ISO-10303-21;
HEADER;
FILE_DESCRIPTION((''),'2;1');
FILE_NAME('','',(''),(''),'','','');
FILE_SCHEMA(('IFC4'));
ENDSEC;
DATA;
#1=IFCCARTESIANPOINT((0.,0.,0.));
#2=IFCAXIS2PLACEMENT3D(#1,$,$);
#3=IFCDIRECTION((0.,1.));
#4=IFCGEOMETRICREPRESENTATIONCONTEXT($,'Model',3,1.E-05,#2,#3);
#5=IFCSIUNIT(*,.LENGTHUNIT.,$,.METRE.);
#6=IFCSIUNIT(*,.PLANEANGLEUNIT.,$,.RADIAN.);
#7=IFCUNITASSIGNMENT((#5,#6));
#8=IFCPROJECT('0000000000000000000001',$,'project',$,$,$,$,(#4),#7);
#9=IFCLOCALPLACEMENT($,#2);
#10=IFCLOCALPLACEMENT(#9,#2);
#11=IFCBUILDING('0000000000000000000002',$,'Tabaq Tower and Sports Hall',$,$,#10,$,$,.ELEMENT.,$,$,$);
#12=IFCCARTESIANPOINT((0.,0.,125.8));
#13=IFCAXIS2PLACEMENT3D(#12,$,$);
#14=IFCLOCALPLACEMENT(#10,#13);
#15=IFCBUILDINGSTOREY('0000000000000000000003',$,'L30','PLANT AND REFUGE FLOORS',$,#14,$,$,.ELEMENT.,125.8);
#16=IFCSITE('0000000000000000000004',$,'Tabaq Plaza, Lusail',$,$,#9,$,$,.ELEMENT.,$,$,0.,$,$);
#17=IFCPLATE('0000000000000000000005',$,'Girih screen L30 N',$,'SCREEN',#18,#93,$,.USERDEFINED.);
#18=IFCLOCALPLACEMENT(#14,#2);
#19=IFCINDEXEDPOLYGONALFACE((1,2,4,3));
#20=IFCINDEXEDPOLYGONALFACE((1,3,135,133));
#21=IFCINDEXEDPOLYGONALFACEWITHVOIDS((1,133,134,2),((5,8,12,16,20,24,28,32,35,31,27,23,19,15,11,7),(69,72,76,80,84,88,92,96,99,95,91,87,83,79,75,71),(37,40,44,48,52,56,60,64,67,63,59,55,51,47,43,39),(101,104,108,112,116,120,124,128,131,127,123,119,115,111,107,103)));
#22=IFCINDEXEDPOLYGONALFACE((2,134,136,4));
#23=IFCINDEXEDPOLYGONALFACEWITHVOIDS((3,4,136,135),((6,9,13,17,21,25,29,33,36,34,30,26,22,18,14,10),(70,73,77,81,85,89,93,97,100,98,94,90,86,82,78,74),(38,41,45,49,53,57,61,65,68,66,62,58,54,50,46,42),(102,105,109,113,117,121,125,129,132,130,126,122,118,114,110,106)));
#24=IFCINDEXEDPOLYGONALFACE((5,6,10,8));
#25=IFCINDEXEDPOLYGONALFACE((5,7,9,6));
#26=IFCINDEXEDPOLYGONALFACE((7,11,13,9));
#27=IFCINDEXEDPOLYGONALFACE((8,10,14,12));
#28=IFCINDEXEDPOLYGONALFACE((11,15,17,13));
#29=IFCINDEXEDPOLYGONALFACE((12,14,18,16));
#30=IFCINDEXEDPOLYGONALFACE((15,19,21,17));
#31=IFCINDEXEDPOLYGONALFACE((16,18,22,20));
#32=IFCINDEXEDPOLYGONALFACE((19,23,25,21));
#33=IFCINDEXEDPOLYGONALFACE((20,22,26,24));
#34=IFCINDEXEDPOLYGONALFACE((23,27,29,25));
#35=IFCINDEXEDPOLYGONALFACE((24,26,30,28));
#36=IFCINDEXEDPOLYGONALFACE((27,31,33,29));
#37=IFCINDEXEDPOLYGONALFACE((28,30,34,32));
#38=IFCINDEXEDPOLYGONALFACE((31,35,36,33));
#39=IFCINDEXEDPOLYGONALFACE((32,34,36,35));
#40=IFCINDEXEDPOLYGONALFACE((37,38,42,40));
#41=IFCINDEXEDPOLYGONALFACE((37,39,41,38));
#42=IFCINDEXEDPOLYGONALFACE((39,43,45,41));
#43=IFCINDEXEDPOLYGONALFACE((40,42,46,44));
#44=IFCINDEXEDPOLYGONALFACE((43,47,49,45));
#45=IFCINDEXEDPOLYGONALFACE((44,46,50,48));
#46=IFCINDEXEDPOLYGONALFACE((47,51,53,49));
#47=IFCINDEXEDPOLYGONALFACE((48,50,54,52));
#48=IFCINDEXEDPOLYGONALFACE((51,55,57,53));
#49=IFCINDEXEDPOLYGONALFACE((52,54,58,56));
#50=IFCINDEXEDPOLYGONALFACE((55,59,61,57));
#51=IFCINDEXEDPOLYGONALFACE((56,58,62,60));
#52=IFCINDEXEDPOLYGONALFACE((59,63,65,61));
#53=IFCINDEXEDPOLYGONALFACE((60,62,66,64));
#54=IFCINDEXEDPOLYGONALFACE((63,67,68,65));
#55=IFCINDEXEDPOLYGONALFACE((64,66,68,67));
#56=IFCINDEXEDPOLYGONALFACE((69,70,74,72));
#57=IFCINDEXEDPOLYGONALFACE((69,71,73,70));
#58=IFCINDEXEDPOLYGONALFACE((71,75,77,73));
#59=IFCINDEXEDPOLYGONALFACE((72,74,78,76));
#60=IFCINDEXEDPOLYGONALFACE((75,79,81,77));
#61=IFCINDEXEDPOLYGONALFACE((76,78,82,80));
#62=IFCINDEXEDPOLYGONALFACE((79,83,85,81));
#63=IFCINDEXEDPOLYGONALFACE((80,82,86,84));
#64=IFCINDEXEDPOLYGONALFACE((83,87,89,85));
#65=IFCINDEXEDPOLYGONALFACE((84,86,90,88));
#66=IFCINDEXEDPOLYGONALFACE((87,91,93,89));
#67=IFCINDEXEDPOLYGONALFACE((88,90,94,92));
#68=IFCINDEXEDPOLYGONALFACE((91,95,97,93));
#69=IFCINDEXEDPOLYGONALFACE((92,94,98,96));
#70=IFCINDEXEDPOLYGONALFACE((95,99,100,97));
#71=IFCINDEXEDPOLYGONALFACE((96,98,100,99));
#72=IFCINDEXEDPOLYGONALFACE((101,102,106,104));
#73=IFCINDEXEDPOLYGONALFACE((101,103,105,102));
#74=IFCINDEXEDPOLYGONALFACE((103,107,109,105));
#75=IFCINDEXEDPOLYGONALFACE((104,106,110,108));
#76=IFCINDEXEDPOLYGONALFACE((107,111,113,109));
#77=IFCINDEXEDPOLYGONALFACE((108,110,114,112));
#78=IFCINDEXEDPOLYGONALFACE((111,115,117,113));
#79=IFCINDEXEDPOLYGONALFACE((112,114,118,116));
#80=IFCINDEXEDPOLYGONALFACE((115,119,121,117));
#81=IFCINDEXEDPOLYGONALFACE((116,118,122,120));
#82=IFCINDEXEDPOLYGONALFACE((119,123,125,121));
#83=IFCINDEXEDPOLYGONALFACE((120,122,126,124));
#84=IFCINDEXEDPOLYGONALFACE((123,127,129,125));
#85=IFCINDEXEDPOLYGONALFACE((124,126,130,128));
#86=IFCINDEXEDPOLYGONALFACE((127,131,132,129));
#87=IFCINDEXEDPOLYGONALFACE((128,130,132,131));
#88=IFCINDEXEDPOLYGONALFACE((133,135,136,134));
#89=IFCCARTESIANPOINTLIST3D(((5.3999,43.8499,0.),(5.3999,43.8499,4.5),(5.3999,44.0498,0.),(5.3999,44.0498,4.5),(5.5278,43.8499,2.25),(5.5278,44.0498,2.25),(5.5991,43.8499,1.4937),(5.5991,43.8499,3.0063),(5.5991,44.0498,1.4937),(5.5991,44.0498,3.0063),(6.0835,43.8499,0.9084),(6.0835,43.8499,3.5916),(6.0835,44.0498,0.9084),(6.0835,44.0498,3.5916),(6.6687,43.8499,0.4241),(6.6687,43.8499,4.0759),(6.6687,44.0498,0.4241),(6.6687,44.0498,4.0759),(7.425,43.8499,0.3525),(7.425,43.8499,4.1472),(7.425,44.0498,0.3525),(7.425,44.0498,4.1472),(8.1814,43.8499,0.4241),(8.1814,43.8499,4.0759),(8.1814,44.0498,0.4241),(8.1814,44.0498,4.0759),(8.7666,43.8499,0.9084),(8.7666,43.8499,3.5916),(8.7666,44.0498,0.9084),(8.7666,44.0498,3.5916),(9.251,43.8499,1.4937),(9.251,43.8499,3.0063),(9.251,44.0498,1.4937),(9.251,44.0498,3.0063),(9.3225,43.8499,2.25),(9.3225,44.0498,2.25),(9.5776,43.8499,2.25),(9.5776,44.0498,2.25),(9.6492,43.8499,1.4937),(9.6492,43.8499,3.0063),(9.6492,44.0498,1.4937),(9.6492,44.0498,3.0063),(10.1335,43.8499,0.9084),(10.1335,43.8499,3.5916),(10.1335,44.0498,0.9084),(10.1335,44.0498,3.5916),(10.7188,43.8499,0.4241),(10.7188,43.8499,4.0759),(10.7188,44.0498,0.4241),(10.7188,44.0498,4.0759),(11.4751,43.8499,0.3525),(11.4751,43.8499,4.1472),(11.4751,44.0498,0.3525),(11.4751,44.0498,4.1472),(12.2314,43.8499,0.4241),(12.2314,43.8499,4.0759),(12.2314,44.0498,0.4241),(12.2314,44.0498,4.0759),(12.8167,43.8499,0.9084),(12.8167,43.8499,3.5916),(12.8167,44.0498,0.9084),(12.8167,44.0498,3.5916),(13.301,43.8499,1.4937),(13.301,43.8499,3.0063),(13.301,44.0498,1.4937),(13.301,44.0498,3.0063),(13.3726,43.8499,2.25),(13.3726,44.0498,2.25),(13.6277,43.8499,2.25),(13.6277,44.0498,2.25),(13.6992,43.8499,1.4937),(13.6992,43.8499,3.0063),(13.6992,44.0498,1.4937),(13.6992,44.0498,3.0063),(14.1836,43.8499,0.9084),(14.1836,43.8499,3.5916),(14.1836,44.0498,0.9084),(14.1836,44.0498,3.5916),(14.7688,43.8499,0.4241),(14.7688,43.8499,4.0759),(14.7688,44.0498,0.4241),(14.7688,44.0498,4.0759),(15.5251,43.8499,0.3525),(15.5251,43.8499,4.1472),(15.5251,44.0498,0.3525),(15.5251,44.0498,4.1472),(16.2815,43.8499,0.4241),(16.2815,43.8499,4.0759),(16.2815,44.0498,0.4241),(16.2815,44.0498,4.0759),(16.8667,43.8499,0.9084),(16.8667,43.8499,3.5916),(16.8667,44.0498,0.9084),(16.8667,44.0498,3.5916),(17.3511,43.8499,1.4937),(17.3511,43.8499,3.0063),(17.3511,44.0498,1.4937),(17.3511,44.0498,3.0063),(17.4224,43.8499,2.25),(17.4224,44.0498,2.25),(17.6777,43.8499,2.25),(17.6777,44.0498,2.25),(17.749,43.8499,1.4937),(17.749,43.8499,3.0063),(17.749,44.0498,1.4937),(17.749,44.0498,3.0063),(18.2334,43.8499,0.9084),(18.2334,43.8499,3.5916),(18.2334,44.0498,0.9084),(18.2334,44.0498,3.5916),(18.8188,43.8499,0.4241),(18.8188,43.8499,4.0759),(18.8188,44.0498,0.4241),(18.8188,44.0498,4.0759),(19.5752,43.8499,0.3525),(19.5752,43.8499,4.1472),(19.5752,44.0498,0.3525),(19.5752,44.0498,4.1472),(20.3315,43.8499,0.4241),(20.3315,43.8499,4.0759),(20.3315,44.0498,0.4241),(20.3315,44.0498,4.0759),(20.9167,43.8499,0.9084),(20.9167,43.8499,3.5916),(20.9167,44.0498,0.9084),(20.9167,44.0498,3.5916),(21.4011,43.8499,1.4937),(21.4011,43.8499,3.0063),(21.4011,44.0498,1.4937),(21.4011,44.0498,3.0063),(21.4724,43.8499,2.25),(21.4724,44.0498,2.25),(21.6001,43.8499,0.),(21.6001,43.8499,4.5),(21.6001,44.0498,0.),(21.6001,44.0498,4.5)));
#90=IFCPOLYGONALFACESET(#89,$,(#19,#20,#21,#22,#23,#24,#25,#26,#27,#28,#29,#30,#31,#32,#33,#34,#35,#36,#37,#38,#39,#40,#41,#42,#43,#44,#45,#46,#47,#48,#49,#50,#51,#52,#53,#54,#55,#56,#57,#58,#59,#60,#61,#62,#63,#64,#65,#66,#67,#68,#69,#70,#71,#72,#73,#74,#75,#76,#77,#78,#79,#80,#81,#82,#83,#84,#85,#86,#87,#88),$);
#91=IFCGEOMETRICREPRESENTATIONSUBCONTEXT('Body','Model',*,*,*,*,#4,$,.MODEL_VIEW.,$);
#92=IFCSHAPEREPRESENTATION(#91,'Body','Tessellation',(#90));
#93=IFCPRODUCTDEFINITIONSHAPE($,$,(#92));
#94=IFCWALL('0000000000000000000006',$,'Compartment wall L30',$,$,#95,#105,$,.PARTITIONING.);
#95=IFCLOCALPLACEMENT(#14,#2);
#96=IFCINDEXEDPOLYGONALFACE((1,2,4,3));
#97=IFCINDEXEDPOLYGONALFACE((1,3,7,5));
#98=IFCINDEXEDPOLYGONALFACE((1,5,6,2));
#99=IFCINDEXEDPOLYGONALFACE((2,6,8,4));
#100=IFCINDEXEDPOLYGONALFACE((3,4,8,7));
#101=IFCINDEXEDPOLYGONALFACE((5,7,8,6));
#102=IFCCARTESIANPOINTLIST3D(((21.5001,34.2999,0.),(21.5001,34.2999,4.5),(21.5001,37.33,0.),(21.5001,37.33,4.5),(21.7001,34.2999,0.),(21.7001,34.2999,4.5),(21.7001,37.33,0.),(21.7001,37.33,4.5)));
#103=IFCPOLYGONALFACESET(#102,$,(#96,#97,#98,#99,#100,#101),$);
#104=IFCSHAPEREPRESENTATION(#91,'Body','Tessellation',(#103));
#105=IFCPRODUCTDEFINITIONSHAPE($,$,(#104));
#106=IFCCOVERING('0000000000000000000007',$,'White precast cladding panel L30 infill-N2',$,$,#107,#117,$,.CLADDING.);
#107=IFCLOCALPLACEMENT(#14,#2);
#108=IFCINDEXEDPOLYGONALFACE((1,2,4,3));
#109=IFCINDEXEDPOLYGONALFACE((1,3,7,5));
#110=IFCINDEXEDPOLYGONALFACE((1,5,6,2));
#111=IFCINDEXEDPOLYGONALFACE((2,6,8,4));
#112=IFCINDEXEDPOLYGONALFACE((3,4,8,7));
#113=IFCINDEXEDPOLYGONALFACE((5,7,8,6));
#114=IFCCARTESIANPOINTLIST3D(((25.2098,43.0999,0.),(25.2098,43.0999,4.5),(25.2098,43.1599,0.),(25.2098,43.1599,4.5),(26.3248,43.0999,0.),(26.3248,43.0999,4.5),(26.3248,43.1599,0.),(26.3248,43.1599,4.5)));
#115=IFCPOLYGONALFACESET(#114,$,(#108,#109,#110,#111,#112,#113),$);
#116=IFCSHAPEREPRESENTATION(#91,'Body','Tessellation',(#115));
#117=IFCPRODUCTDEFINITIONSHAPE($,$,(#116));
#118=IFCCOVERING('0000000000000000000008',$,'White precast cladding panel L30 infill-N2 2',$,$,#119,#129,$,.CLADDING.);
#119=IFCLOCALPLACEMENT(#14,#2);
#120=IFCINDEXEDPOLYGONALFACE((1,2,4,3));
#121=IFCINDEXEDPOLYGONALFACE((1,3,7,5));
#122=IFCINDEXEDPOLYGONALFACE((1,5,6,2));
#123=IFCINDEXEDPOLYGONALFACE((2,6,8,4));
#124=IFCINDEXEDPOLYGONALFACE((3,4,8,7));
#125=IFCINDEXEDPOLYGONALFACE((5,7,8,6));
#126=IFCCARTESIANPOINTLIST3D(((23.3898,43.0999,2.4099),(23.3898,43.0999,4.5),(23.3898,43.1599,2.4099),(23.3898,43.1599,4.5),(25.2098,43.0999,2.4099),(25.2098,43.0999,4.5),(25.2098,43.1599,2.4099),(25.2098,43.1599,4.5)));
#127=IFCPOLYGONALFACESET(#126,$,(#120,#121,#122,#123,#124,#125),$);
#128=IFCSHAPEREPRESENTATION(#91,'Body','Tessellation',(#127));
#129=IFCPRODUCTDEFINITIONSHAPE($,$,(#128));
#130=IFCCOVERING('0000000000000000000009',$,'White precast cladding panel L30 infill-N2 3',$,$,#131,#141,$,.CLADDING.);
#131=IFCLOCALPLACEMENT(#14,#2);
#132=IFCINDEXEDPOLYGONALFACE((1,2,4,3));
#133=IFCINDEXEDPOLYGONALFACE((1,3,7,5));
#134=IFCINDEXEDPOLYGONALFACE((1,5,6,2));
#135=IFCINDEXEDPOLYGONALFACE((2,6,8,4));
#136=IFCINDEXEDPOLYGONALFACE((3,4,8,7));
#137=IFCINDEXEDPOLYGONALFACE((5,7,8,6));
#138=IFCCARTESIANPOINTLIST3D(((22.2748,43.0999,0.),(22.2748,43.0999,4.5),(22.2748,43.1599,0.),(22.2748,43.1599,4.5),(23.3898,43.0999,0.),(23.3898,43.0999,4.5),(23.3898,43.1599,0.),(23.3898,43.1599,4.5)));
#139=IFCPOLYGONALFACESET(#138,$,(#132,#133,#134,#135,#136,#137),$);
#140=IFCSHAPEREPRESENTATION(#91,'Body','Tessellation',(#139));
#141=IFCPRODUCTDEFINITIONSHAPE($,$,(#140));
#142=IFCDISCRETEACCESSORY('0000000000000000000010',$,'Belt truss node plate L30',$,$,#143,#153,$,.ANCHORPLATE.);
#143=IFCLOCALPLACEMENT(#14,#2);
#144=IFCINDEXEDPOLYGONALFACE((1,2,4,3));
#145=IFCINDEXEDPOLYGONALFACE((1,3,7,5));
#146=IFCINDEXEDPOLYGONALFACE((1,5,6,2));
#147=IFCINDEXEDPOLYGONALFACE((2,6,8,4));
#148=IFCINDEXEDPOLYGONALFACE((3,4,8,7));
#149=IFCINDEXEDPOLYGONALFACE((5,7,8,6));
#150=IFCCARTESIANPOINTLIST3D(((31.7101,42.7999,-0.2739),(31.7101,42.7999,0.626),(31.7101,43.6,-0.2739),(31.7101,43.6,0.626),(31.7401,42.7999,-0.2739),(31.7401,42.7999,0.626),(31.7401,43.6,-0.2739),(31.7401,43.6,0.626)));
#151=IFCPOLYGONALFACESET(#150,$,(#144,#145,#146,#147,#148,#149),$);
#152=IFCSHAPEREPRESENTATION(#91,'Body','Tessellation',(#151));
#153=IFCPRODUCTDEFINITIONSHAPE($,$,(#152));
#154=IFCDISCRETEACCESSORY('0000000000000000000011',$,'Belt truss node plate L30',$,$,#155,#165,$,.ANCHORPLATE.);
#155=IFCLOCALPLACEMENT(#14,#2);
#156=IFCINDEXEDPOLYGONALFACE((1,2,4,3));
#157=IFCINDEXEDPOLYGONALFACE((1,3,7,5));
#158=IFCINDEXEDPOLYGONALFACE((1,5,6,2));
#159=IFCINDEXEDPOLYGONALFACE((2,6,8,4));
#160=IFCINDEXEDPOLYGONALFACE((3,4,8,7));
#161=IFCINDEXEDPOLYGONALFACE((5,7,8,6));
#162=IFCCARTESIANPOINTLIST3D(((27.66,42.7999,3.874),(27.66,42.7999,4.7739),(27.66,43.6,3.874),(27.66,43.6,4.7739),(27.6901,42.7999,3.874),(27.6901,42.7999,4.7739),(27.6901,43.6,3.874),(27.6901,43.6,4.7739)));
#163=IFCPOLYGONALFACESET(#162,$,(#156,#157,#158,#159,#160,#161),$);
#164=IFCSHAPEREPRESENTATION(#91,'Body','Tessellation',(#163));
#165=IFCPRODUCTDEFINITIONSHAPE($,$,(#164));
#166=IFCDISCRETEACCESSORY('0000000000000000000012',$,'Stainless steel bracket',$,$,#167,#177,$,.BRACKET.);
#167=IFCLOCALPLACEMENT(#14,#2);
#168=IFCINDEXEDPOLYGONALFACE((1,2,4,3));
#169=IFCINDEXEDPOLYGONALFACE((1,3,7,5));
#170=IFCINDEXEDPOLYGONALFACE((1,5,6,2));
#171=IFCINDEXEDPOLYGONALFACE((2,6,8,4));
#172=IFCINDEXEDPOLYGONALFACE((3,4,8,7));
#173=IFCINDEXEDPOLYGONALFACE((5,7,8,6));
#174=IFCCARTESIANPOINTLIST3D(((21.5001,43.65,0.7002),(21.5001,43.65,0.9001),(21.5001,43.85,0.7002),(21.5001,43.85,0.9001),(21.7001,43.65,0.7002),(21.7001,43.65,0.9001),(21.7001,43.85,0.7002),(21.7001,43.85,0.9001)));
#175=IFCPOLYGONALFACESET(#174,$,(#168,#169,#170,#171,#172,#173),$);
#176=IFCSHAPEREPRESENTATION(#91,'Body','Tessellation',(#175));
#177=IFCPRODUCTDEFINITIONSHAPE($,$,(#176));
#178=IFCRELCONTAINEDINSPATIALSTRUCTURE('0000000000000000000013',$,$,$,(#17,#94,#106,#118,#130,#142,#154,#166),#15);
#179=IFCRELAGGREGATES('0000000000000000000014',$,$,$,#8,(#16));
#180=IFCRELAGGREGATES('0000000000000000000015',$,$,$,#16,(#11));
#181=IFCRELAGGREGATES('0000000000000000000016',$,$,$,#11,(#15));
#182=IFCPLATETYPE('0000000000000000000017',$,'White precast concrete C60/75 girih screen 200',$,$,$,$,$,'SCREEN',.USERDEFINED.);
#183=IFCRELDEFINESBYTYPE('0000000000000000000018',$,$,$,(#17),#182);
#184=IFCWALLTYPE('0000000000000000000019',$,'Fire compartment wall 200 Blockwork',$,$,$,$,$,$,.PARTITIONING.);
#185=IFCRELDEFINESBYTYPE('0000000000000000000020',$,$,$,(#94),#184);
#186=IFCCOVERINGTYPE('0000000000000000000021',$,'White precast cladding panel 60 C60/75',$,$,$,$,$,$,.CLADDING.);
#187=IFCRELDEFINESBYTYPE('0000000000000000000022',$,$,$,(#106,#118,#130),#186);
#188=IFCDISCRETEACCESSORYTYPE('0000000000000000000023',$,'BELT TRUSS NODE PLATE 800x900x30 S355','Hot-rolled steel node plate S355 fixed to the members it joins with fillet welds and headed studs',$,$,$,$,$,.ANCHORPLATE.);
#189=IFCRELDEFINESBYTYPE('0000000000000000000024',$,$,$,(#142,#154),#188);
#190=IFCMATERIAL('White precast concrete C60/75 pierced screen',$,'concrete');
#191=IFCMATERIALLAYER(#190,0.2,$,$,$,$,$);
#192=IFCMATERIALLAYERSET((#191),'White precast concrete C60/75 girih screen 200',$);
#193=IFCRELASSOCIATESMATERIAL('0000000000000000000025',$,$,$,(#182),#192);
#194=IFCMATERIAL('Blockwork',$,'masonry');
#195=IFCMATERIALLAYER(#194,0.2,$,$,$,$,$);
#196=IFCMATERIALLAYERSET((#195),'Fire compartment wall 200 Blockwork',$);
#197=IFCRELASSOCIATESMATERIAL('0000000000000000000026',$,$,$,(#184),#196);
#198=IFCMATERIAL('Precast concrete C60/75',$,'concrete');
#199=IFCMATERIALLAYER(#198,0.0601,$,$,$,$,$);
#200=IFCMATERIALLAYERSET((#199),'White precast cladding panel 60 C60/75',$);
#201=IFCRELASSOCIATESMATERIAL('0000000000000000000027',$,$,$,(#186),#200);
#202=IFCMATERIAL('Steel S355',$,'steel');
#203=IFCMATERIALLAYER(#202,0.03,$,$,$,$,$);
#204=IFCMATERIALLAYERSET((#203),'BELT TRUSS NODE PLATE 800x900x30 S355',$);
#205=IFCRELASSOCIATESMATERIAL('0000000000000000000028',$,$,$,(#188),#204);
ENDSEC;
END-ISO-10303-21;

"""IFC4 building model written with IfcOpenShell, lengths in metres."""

from ifc_helpers import new_model, si_unit, direction, frame, frame_2d, origin, origin_2d, place, context, subcontext, project, spatial, polyline, rectangle, outline, extrude, material, layer, layer_set, type_object, element, save


model = new_model("IFC4")

# Units and contexts
model_context = context("Model", 3, precision=1e-05, world=origin(), true_north=direction((0.0, 1.0)))
body_context = subcontext(model_context, "Body", "Model", "MODEL_VIEW")
ifc_project = project(units=[si_unit("LENGTHUNIT", "METRE"), si_unit("PLANEANGLEUNIT", "RADIAN")], contexts=[model_context])

# Site, building, storey
site_placement = place(None, origin())
site = spatial("IfcSite", under=ifc_project, at=site_placement, Name="Tabaq Plaza, Lusail", CompositionType="ELEMENT", RefElevation=0.0)
building_placement = place(site_placement, origin())
building = spatial("IfcBuilding", under=site, at=building_placement, Name="Tabaq Tower and Sports Hall", CompositionType="ELEMENT")
storey_placement = place(building_placement, frame((0.0, 0.0, 125.8)))
storey = spatial("IfcBuildingStorey", under=building, at=storey_placement, Name="L30", Description="PLANT AND REFUGE FLOORS", CompositionType="ELEMENT", Elevation=125.8)

# Plate
ifc_material_1 = material(Name="White precast concrete C60/75 pierced screen", Category="concrete")
ifc_layer_1 = layer(ifc_material_1, 0.2)
ifc_layer_set_1 = layer_set([ifc_layer_1], Name="White precast concrete C60/75 girih screen 200")
plate_type_1 = type_object("IfcPlateType", Name="White precast concrete C60/75 girih screen 200", ElementType="SCREEN", PredefinedType="USERDEFINED", material=ifc_layer_set_1)
plate_1_placement = place(storey_placement, frame((21.6001, 43.95, 0.0), z_axis=(0.0, 0.0, 1.0), x_axis=(-1.0, 0.0, 0.0)))
element("IfcPlate", 1, at=plate_1_placement, inside=storey, type_object=plate_type_1, Name="Girih screen L30 N", ObjectType="SCREEN", PredefinedType="USERDEFINED", context=body_context, shape_type="SweptSolid", body=[
    extrude(outline(polyline([(0.0, 0.0), (16.2002, 0.0), (16.2002, 4.5), (0.0, 4.5), (0.0, 0.0)]), holes=[polyline([(3.8511, 3.0063), (3.3667, 3.5916), (2.7812, 4.0759), (2.0249, 4.1472), (1.2686, 4.0759), (0.6833, 3.5916), (0.199, 3.0063), (0.1277, 2.25), (0.199, 1.4937), (0.6833, 0.9084), (1.2686, 0.4241), (2.0249, 0.3525), (2.7812, 0.4241), (3.3667, 0.9084), (3.8511, 1.4937), (3.9224, 2.25), (3.8511, 3.0063)]), polyline([(7.9009, 3.0063), (7.4165, 3.5916), (6.8313, 4.0759), (6.075, 4.1472), (5.3186, 4.0759), (4.7334, 3.5916), (4.249, 3.0063), (4.1777, 2.25), (4.249, 1.4937), (4.7334, 0.9084), (5.3186, 0.4241), (6.075, 0.3525), (6.8313, 0.4241), (7.4165, 0.9084), (7.9009, 1.4937), (7.9724, 2.25), (7.9009, 3.0063)]), polyline([(11.9509, 3.0063), (11.4666, 3.5916), (10.8813, 4.0759), (10.125, 4.1472), (9.3687, 4.0759), (8.7834, 3.5916), (8.2991, 3.0063), (8.2275, 2.25), (8.2991, 1.4937), (8.7834, 0.9084), (9.3687, 0.4241), (10.125, 0.3525), (10.8813, 0.4241), (11.4666, 0.9084), (11.9509, 1.4937), (12.0225, 2.25), (11.9509, 3.0063)]), polyline([(16.001, 3.0063), (15.5166, 3.5916), (14.9314, 4.0759), (14.175, 4.1472), (13.4187, 4.0759), (12.8335, 3.5916), (12.3491, 3.0063), (12.2776, 2.25), (12.3491, 1.4937), (12.8335, 0.9084), (13.4187, 0.4241), (14.175, 0.3525), (14.9314, 0.4241), (15.5166, 0.9084), (16.001, 1.4937), (16.0723, 2.25), (16.001, 3.0063)])]), frame((0.0, 0.1001, 0.0), z_axis=(0.0, -1.0, 0.0), x_axis=(1.0, 0.0, 0.0)), (0.0, 0.0, 1.0), 0.2),
])

# Shared definitions
ifc_material_2 = material(Name="Blockwork", Category="masonry")
ifc_layer_2 = layer(ifc_material_2, 0.2)
ifc_layer_set_2 = layer_set([ifc_layer_2], Name="Fire compartment wall 200 Blockwork")
wall_type_1 = type_object("IfcWallType", Name="Fire compartment wall 200 Blockwork", PredefinedType="PARTITIONING", material=ifc_layer_set_2)

# Wall
wall_1_placement = place(storey_placement, frame((21.6001, 37.3301, 0.0), z_axis=(0.0, 0.0, 1.0), x_axis=(0.0, -1.0, 0.0)))
element("IfcWall", 2, at=wall_1_placement, inside=storey, type_object=wall_type_1, Name="Compartment wall L30", PredefinedType="PARTITIONING", context=body_context, shape_type="SweptSolid", body=[
    extrude(rectangle(XDim=3.03, YDim=0.2, at=frame_2d((1.5151, 0.0))), origin(), (0.0, 0.0, 1.0), 4.5),
])

# Coverings
ifc_material_3 = material(Name="Precast concrete C60/75", Category="concrete")
ifc_layer_3 = layer(ifc_material_3, 0.0601)
ifc_layer_set_3 = layer_set([ifc_layer_3], Name="White precast cladding panel 60 C60/75")
covering_type = type_object("IfcCoveringType", Name="White precast cladding panel 60 C60/75", PredefinedType="CLADDING", material=ifc_layer_set_3)
covering_1_placement = place(storey_placement, frame((26.325, 43.1299, 0.0), z_axis=(0.0, 0.0, 1.0), x_axis=(-1.0, 0.0, 0.0)))
element("IfcCovering", 3, at=covering_1_placement, inside=storey, type_object=covering_type, Name="White precast cladding panel L30 infill-N2", PredefinedType="CLADDING", context=body_context, shape_type="SweptSolid", body=[
    extrude(rectangle(XDim=1.115, YDim=0.0601, at=frame_2d((0.5576, 0.0))), origin(), (0.0, 0.0, 1.0), 4.5),
])
covering_2_placement = place(storey_placement, frame((25.21, 43.1299, 2.4099), z_axis=(0.0, 0.0, 1.0), x_axis=(-1.0, 0.0, 0.0)))
element("IfcCovering", 4, at=covering_2_placement, inside=storey, type_object=covering_type, Name="White precast cladding panel L30 infill-N2 2", PredefinedType="CLADDING", context=body_context, shape_type="SweptSolid", body=[
    extrude(rectangle(XDim=1.8201, YDim=0.0601, at=frame_2d((0.9102, 0.0))), origin(), (0.0, 0.0, 1.0), 2.0901),
])
covering_3_placement = place(storey_placement, frame((23.3899, 43.1299, 0.0), z_axis=(0.0, 0.0, 1.0), x_axis=(-1.0, 0.0, 0.0)))
element("IfcCovering", 5, at=covering_3_placement, inside=storey, type_object=covering_type, Name="White precast cladding panel L30 infill-N2 3", PredefinedType="CLADDING", context=body_context, shape_type="SweptSolid", body=[
    extrude(rectangle(XDim=1.115, YDim=0.0601, at=frame_2d((0.5576, 0.0))), origin(), (0.0, 0.0, 1.0), 4.5),
])

# Discrete accessories
ifc_material_4 = material(Name="Steel S355", Category="steel")
ifc_layer_4 = layer(ifc_material_4, 0.03)
ifc_layer_set_4 = layer_set([ifc_layer_4], Name="BELT TRUSS NODE PLATE 800x900x30 S355")
discrete_accessory_type = type_object("IfcDiscreteAccessoryType", Name="BELT TRUSS NODE PLATE 800x900x30 S355", Description="Hot-rolled steel node plate S355 fixed to the members it joins with fillet welds and headed studs", PredefinedType="ANCHORPLATE", material=ifc_layer_set_4)
for number, where, z_axis, x_axis, name in (
    (6, (31.7251, 43.2, -0.2739), (0.0, 0.0, 1.0), (-1.0, 0.0, 0.0), "Belt truss node plate L30"),
    (7, (27.675, 43.2, 3.874), (0.0, 0.0, 1.0), (-1.0, 0.0, 0.0), "Belt truss node plate L30"),
):
    element("IfcDiscreteAccessory", number, at=place(storey_placement, frame(where, z_axis=z_axis, x_axis=x_axis)), inside=storey, type_object=discrete_accessory_type, Name=name, PredefinedType="ANCHORPLATE", context=body_context, shape_type="SweptSolid", body=[
        extrude(rectangle(XDim=0.03, YDim=0.8, at=origin_2d()), origin(), (0.0, 0.0, 1.0), 0.8999),
    ])
for number, where, z_axis, x_axis, name in (
    (8, (21.6001, 43.75, 0.7002), (0.0, 0.0, 1.0), (0.0, -1.0, 0.0), "Stainless steel bracket"),
):
    element("IfcDiscreteAccessory", number, at=place(storey_placement, frame(where, z_axis=z_axis, x_axis=x_axis)), inside=storey, Name=name, PredefinedType="BRACKET", context=body_context, shape_type="SweptSolid", body=[
        extrude(rectangle(XDim=0.2, YDim=0.2, at=origin_2d()), origin(), (0.0, 0.0, 1.0), 0.2),
    ])

save(model, "model.ifc")
